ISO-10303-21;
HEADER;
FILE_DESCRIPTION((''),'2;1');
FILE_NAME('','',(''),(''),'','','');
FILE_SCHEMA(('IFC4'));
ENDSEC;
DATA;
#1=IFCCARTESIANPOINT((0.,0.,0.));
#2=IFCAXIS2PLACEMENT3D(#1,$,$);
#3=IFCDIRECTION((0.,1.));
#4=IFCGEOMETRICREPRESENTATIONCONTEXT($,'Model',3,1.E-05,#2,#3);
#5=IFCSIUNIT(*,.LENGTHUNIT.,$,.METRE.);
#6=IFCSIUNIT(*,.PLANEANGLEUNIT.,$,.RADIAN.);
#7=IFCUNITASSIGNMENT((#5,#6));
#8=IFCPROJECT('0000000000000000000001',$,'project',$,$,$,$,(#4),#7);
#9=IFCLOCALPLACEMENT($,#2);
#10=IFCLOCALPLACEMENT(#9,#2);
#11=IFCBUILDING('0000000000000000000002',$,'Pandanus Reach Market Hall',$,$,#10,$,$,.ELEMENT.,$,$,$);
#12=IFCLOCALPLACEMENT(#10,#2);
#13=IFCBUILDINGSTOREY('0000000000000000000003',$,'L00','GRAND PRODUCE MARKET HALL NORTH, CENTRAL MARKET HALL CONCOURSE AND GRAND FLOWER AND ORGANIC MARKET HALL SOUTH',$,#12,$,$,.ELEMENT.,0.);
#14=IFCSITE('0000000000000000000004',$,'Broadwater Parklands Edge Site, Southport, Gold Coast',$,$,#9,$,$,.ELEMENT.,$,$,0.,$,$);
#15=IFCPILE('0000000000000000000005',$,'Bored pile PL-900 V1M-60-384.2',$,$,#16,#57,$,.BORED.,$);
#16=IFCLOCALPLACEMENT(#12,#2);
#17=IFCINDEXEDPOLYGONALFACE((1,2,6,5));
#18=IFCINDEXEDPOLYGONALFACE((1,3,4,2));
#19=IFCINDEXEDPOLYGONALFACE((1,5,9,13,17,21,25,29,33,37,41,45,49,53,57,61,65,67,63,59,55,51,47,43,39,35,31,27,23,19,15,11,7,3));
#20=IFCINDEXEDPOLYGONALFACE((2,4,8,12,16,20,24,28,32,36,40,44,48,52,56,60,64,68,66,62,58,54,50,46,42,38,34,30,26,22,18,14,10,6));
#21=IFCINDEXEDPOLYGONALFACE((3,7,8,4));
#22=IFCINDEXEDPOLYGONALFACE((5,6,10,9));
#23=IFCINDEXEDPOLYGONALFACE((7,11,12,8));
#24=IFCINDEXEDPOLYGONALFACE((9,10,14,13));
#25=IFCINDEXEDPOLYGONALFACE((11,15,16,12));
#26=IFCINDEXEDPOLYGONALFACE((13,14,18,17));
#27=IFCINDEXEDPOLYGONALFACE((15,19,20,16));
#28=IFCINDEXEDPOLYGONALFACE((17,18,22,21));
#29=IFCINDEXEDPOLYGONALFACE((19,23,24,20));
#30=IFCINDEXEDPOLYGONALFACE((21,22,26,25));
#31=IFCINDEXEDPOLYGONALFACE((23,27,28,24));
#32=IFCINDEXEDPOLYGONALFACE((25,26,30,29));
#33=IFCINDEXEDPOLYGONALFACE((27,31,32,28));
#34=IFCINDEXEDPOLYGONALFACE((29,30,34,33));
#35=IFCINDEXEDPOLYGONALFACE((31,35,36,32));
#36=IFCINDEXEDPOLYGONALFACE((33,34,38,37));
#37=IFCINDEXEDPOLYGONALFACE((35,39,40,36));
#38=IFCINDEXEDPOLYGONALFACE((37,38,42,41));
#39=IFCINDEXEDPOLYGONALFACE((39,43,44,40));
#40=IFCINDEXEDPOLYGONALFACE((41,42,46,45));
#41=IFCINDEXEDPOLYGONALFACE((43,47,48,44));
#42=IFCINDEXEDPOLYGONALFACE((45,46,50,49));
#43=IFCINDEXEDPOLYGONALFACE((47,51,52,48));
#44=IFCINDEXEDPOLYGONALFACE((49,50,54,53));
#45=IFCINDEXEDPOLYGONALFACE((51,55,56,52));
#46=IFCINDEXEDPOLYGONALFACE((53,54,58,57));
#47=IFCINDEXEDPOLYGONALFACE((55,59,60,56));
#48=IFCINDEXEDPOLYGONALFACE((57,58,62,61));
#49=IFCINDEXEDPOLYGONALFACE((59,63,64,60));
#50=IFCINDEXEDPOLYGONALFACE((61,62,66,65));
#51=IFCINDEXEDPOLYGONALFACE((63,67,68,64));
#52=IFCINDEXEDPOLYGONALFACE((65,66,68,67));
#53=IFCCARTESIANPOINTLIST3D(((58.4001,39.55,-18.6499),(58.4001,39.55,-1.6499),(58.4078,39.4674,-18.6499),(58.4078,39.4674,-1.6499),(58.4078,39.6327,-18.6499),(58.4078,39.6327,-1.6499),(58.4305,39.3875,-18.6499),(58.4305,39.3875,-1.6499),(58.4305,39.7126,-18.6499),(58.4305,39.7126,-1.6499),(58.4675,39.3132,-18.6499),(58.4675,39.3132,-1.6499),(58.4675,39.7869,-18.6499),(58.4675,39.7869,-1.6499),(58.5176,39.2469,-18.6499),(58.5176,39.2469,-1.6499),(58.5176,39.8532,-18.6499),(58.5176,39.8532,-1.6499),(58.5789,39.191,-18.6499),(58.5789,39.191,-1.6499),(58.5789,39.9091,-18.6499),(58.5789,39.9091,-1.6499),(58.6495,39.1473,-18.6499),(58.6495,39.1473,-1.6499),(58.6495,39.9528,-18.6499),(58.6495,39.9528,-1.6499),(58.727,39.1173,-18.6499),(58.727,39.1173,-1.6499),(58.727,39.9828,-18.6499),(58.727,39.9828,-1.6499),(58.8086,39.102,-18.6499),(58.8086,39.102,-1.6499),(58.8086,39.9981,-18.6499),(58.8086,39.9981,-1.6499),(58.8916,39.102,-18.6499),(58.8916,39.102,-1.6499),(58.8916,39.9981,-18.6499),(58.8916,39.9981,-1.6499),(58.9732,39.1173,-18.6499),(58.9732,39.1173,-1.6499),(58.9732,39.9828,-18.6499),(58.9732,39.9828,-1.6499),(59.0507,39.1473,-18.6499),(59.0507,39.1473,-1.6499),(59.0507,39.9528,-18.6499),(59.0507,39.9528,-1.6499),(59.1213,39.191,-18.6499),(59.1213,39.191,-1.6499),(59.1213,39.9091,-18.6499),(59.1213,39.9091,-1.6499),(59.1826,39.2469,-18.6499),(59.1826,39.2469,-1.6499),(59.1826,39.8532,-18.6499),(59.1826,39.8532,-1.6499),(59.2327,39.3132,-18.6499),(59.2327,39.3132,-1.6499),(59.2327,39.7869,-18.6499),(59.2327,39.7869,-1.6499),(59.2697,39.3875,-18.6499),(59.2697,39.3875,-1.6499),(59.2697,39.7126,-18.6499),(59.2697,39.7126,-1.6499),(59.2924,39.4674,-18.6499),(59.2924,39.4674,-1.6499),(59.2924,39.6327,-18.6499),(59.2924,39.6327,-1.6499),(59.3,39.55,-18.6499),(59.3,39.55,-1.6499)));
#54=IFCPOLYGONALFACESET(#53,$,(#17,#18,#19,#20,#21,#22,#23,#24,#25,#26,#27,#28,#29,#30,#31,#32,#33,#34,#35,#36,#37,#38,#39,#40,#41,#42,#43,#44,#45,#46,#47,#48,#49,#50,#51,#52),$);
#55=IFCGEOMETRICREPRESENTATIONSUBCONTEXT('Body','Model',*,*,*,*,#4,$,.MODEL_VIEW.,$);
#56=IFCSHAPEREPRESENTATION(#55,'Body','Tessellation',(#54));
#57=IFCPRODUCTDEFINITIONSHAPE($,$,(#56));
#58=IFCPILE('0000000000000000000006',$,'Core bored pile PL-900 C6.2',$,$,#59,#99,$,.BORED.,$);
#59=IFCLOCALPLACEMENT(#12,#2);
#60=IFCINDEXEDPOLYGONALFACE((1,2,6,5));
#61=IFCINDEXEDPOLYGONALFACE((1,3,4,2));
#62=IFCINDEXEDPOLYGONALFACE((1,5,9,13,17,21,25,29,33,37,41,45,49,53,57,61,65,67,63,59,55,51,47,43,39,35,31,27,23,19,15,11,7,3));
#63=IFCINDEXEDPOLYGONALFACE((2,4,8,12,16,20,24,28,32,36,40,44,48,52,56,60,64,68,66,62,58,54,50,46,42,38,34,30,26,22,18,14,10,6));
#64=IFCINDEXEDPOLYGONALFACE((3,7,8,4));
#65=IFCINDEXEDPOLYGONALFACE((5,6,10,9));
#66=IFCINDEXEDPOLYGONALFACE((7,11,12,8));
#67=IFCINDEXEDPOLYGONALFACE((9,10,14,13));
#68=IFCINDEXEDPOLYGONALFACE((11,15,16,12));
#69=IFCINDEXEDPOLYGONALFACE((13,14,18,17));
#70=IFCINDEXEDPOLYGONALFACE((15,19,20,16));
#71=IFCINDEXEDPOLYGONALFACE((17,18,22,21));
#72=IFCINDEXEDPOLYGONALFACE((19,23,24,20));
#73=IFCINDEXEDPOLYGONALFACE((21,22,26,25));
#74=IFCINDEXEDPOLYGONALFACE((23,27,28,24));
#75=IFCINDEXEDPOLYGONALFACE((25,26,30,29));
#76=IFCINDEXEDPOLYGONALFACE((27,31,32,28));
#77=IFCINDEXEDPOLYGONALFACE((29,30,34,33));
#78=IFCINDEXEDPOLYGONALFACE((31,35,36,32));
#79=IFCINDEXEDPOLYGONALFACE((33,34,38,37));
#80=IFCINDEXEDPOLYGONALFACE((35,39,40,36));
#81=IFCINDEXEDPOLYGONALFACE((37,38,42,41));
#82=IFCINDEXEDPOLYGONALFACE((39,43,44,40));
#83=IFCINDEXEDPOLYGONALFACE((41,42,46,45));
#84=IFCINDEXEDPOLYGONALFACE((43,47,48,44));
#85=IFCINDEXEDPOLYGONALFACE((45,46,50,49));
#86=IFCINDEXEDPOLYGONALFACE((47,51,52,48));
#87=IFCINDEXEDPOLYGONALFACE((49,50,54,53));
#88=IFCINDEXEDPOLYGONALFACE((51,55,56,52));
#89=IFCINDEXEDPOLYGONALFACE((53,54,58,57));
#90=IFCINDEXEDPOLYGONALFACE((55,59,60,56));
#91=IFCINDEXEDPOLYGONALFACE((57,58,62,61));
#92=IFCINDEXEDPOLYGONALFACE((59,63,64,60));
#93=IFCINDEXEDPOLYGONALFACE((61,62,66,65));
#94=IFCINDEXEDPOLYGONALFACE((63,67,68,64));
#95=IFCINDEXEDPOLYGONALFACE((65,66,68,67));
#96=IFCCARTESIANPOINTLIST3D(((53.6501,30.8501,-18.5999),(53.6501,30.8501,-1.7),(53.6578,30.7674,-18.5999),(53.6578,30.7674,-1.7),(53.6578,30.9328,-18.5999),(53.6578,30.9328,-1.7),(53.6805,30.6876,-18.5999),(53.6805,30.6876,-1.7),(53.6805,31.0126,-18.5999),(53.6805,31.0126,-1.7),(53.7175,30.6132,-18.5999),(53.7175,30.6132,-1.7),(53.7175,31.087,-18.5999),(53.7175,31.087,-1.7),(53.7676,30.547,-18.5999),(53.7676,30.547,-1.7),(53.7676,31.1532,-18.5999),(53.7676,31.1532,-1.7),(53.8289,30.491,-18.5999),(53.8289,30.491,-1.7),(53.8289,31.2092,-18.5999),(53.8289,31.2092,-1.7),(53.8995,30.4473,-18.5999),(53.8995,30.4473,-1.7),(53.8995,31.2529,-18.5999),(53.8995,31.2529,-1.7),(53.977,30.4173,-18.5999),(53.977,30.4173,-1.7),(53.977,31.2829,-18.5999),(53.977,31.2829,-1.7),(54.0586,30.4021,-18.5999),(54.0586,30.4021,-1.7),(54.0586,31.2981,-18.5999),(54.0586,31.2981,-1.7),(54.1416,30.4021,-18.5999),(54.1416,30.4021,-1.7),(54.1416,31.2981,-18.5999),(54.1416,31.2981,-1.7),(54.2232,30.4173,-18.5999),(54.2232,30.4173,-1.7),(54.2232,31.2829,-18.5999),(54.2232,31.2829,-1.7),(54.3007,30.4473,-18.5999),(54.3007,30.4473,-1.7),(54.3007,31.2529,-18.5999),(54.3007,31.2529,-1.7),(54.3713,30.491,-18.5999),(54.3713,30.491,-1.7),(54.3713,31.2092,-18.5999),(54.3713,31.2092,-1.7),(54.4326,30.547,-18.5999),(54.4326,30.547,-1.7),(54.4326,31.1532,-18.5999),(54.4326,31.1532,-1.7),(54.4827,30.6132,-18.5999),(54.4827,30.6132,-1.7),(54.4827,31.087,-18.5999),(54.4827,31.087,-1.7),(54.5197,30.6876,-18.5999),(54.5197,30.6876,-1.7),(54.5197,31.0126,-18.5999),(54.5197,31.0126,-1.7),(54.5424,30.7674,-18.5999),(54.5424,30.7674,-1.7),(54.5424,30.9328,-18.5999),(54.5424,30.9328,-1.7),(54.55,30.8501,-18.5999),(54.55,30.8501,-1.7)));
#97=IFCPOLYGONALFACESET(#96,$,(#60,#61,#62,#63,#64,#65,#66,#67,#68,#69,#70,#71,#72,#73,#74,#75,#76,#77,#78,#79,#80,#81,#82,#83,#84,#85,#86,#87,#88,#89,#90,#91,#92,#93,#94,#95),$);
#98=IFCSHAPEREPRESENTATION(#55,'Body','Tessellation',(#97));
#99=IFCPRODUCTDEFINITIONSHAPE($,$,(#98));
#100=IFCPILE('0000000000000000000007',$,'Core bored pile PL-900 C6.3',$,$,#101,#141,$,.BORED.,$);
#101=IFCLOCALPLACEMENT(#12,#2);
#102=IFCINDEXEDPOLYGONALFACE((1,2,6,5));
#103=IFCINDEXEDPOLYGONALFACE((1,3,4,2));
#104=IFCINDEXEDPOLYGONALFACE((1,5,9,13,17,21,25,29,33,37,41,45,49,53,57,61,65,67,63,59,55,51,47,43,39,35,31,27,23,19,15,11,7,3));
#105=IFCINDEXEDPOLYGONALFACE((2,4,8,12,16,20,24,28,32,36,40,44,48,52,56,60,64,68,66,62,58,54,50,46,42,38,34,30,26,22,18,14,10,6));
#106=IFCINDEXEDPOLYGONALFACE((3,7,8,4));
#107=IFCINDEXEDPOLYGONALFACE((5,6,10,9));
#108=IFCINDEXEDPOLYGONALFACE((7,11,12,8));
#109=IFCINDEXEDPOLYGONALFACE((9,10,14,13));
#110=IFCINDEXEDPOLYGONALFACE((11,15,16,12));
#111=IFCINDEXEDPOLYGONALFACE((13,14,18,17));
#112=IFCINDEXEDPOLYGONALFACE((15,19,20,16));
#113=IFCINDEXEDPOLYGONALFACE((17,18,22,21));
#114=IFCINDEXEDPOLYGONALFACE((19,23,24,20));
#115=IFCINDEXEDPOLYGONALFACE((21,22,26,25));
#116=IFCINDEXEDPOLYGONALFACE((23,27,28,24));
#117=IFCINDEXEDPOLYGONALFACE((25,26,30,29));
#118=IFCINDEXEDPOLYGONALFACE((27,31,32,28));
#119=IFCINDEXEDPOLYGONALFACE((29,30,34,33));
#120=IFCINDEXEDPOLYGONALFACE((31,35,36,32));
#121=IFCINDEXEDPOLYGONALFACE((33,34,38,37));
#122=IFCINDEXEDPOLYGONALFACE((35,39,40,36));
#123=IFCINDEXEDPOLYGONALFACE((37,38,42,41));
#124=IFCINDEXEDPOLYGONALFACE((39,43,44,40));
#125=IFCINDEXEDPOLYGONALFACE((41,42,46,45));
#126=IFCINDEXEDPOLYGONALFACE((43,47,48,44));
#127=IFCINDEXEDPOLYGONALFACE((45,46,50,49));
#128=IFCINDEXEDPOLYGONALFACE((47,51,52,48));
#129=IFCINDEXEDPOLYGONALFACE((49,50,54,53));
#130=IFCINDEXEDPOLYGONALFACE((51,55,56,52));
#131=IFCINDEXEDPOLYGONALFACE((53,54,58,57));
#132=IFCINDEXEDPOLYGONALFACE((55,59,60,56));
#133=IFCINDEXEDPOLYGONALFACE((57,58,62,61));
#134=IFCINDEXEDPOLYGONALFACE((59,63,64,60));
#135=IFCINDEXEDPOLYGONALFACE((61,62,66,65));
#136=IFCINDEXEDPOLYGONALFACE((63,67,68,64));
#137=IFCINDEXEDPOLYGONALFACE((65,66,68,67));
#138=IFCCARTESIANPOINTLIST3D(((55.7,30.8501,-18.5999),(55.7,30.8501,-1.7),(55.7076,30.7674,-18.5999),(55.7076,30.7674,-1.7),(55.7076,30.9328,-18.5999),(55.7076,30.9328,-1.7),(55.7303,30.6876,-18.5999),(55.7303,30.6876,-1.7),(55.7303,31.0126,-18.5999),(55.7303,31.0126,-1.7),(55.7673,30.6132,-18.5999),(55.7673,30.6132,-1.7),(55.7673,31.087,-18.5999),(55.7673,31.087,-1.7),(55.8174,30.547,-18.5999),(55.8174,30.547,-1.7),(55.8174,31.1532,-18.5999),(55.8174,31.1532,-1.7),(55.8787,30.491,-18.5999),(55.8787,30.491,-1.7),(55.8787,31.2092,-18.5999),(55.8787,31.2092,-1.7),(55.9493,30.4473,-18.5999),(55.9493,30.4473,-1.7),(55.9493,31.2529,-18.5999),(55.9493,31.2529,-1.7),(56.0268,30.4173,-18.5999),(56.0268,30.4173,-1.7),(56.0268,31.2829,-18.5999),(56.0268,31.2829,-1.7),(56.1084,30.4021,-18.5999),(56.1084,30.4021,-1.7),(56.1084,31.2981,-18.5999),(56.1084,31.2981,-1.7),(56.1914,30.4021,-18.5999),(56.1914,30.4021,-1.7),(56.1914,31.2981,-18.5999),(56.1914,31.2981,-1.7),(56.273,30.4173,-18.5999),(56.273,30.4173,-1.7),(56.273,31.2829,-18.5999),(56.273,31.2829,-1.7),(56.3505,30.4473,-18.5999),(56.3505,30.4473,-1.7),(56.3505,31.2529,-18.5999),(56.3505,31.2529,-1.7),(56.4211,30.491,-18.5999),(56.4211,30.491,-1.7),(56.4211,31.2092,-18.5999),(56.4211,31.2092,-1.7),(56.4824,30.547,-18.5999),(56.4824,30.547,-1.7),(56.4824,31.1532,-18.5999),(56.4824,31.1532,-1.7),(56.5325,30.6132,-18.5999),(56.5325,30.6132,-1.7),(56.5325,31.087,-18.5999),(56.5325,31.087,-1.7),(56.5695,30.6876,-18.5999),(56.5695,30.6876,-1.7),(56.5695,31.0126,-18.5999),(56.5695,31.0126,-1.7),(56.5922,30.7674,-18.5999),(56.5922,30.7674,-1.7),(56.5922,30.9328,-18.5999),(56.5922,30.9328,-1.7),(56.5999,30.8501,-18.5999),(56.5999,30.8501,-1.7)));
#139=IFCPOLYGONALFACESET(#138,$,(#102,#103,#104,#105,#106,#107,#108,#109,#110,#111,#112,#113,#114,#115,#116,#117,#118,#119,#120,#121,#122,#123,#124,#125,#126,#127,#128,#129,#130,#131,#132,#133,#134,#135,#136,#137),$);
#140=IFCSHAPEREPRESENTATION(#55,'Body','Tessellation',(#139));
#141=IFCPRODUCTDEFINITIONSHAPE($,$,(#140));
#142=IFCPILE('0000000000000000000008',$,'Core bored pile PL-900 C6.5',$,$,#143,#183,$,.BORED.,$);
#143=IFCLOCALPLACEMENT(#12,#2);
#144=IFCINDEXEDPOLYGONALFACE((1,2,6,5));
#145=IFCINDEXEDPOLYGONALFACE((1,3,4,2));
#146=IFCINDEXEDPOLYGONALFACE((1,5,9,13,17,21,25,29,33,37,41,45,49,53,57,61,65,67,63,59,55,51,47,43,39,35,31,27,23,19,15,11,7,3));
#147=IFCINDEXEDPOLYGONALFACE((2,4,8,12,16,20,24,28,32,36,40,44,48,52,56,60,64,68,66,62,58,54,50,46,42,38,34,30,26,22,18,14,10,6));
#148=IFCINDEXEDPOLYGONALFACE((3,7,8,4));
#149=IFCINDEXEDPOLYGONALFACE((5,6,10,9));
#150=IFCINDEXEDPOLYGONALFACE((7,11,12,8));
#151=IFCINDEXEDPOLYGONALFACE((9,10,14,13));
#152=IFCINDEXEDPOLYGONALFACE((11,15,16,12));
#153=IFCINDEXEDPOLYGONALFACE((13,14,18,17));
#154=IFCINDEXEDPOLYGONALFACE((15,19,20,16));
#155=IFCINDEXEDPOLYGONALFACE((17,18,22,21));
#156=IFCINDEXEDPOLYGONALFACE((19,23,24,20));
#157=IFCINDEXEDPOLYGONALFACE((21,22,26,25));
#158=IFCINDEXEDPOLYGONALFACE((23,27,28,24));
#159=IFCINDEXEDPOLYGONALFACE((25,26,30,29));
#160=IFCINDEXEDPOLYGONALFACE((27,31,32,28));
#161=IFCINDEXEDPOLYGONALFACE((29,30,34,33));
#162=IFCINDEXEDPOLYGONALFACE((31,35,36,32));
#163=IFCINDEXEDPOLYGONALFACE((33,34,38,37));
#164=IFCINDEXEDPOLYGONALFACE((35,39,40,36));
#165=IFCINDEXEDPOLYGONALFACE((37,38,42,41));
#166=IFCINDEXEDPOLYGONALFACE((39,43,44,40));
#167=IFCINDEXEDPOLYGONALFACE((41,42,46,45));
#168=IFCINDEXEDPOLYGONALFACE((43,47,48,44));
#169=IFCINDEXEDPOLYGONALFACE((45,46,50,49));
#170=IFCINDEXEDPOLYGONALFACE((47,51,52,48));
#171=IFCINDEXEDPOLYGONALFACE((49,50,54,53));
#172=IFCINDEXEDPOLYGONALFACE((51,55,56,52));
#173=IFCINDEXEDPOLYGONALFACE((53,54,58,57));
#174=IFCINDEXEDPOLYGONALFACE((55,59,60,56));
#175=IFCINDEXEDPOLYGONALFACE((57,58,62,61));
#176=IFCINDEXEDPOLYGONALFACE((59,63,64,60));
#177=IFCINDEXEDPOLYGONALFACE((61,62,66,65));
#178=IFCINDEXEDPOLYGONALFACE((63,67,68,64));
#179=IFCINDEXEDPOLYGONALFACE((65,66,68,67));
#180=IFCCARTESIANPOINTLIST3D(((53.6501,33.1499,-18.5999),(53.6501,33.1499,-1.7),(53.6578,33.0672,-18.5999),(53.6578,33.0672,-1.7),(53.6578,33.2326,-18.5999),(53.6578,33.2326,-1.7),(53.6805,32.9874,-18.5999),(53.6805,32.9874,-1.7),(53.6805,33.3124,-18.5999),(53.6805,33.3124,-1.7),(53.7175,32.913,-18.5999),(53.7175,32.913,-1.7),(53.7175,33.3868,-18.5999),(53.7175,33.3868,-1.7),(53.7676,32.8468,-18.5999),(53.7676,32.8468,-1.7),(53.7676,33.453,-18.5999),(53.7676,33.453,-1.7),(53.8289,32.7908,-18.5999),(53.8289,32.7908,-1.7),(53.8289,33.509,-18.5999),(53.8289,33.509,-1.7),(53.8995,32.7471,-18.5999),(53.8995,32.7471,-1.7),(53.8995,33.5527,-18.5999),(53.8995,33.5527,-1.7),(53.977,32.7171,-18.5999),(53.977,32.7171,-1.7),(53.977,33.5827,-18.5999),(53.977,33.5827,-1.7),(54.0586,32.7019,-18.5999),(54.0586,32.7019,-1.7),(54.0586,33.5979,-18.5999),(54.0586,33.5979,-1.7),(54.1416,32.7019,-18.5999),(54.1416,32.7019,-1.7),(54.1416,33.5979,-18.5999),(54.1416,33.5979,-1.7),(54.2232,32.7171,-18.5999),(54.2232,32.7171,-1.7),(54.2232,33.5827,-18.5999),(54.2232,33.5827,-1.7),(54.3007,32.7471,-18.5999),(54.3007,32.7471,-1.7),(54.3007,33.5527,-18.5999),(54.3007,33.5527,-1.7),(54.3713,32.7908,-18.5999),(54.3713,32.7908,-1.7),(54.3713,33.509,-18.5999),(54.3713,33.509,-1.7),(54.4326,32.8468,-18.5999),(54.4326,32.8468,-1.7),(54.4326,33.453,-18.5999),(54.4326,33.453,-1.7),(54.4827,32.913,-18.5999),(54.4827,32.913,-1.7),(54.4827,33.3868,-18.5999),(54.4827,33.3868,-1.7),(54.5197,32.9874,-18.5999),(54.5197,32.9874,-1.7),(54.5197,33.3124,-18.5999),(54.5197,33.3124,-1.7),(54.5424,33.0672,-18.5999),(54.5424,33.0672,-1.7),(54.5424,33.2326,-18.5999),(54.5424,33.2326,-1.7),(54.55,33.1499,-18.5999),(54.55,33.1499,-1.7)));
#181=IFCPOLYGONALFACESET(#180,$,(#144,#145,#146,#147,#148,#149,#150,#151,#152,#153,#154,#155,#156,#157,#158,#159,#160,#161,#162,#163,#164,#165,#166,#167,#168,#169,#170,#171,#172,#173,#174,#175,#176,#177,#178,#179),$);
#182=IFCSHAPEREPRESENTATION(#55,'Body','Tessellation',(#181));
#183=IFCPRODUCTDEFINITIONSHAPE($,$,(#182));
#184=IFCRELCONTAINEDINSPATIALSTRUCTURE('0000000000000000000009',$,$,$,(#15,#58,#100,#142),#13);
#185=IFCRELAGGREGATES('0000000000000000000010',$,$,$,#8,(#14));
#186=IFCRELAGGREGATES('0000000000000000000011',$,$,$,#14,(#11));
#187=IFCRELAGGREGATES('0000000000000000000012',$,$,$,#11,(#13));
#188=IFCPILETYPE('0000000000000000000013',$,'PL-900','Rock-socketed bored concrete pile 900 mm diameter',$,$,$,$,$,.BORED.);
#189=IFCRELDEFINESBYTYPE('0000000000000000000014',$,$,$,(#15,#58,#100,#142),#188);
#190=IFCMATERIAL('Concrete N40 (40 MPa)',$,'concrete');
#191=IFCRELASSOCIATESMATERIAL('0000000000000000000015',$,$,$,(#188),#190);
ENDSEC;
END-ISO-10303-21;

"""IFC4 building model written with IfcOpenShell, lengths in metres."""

from ifc_helpers import new_model, si_unit, direction, frame, origin, origin_2d, place, context, subcontext, project, spatial, circle, extrude, material, material_profile, profile_set, type_object, element, save


model = new_model("IFC4")

# Units and contexts
model_context = context("Model", 3, precision=1e-05, world=origin(), true_north=direction((0.0, 1.0)))
body_context = subcontext(model_context, "Body", "Model", "MODEL_VIEW")
ifc_project = project(units=[si_unit("LENGTHUNIT", "METRE"), si_unit("PLANEANGLEUNIT", "RADIAN")], contexts=[model_context])

# Site, building, storey
site_placement = place(None, origin())
site = spatial("IfcSite", under=ifc_project, at=site_placement, Name="Broadwater Parklands Edge Site, Southport, Gold Coast", CompositionType="ELEMENT", RefElevation=0.0)
building_placement = place(site_placement, origin())
building = spatial("IfcBuilding", under=site, at=building_placement, Name="Pandanus Reach Market Hall", CompositionType="ELEMENT")
storey_placement = place(building_placement, origin())
storey = spatial("IfcBuildingStorey", under=building, at=storey_placement, Name="L00", Description="GRAND PRODUCE MARKET HALL NORTH, CENTRAL MARKET HALL CONCOURSE AND GRAND FLOWER AND ORGANIC MARKET HALL SOUTH", CompositionType="ELEMENT", Elevation=0.0)

# Shared definitions
ifc_material_1 = material(Name="Concrete N40 (40 MPa)", Category="concrete")

# Piles
ifc_material_profile_1 = material_profile(ifc_material_1, circle(Radius=0.45, at=origin_2d()), Name="PILE-900D", Category="LoadBearing")
ifc_profile_set_1 = profile_set([ifc_material_profile_1], Name="Concrete N40 (40 MPa)")
pile_type_1 = type_object("IfcPileType", Name="PL-900", Description="Rock-socketed bored concrete pile 900 mm diameter", PredefinedType="BORED", material=ifc_profile_set_1)
for number, where, z_axis, x_axis, name in (
    (1, (58.8501, 39.55, -1.6499), (0.0, 0.0, -1.0), (1.0, 0.0, 0.0), "Bored pile PL-900 V1M-60-384.2"),
):
    element("IfcPile", number, at=place(storey_placement, frame(where, z_axis=z_axis, x_axis=x_axis)), inside=storey, type_object=pile_type_1, Name=name, PredefinedType="BORED", context=body_context, shape_type="SweptSolid", body=[
        extrude(circle(Radius=0.45, at=origin_2d()), origin(), (0.0, 0.0, 1.0), 17.0),
    ])
for number, where, z_axis, x_axis, name in (
    (2, (54.1001, 30.8501, -1.7), (0.0, 0.0, -1.0), (1.0, 0.0, 0.0), "Core bored pile PL-900 C6.2"),
    (3, (56.1499, 30.8501, -1.7), (0.0, 0.0, -1.0), (1.0, 0.0, 0.0), "Core bored pile PL-900 C6.3"),
    (4, (54.1001, 33.1499, -1.7), (0.0, 0.0, -1.0), (1.0, 0.0, 0.0), "Core bored pile PL-900 C6.5"),
):
    element("IfcPile", number, at=place(storey_placement, frame(where, z_axis=z_axis, x_axis=x_axis)), inside=storey, type_object=pile_type_1, Name=name, PredefinedType="BORED", context=body_context, shape_type="SweptSolid", body=[
        extrude(circle(Radius=0.45, at=origin_2d()), origin(), (0.0, 0.0, 1.0), 16.8999),
    ])

save(model, "model.ifc")
